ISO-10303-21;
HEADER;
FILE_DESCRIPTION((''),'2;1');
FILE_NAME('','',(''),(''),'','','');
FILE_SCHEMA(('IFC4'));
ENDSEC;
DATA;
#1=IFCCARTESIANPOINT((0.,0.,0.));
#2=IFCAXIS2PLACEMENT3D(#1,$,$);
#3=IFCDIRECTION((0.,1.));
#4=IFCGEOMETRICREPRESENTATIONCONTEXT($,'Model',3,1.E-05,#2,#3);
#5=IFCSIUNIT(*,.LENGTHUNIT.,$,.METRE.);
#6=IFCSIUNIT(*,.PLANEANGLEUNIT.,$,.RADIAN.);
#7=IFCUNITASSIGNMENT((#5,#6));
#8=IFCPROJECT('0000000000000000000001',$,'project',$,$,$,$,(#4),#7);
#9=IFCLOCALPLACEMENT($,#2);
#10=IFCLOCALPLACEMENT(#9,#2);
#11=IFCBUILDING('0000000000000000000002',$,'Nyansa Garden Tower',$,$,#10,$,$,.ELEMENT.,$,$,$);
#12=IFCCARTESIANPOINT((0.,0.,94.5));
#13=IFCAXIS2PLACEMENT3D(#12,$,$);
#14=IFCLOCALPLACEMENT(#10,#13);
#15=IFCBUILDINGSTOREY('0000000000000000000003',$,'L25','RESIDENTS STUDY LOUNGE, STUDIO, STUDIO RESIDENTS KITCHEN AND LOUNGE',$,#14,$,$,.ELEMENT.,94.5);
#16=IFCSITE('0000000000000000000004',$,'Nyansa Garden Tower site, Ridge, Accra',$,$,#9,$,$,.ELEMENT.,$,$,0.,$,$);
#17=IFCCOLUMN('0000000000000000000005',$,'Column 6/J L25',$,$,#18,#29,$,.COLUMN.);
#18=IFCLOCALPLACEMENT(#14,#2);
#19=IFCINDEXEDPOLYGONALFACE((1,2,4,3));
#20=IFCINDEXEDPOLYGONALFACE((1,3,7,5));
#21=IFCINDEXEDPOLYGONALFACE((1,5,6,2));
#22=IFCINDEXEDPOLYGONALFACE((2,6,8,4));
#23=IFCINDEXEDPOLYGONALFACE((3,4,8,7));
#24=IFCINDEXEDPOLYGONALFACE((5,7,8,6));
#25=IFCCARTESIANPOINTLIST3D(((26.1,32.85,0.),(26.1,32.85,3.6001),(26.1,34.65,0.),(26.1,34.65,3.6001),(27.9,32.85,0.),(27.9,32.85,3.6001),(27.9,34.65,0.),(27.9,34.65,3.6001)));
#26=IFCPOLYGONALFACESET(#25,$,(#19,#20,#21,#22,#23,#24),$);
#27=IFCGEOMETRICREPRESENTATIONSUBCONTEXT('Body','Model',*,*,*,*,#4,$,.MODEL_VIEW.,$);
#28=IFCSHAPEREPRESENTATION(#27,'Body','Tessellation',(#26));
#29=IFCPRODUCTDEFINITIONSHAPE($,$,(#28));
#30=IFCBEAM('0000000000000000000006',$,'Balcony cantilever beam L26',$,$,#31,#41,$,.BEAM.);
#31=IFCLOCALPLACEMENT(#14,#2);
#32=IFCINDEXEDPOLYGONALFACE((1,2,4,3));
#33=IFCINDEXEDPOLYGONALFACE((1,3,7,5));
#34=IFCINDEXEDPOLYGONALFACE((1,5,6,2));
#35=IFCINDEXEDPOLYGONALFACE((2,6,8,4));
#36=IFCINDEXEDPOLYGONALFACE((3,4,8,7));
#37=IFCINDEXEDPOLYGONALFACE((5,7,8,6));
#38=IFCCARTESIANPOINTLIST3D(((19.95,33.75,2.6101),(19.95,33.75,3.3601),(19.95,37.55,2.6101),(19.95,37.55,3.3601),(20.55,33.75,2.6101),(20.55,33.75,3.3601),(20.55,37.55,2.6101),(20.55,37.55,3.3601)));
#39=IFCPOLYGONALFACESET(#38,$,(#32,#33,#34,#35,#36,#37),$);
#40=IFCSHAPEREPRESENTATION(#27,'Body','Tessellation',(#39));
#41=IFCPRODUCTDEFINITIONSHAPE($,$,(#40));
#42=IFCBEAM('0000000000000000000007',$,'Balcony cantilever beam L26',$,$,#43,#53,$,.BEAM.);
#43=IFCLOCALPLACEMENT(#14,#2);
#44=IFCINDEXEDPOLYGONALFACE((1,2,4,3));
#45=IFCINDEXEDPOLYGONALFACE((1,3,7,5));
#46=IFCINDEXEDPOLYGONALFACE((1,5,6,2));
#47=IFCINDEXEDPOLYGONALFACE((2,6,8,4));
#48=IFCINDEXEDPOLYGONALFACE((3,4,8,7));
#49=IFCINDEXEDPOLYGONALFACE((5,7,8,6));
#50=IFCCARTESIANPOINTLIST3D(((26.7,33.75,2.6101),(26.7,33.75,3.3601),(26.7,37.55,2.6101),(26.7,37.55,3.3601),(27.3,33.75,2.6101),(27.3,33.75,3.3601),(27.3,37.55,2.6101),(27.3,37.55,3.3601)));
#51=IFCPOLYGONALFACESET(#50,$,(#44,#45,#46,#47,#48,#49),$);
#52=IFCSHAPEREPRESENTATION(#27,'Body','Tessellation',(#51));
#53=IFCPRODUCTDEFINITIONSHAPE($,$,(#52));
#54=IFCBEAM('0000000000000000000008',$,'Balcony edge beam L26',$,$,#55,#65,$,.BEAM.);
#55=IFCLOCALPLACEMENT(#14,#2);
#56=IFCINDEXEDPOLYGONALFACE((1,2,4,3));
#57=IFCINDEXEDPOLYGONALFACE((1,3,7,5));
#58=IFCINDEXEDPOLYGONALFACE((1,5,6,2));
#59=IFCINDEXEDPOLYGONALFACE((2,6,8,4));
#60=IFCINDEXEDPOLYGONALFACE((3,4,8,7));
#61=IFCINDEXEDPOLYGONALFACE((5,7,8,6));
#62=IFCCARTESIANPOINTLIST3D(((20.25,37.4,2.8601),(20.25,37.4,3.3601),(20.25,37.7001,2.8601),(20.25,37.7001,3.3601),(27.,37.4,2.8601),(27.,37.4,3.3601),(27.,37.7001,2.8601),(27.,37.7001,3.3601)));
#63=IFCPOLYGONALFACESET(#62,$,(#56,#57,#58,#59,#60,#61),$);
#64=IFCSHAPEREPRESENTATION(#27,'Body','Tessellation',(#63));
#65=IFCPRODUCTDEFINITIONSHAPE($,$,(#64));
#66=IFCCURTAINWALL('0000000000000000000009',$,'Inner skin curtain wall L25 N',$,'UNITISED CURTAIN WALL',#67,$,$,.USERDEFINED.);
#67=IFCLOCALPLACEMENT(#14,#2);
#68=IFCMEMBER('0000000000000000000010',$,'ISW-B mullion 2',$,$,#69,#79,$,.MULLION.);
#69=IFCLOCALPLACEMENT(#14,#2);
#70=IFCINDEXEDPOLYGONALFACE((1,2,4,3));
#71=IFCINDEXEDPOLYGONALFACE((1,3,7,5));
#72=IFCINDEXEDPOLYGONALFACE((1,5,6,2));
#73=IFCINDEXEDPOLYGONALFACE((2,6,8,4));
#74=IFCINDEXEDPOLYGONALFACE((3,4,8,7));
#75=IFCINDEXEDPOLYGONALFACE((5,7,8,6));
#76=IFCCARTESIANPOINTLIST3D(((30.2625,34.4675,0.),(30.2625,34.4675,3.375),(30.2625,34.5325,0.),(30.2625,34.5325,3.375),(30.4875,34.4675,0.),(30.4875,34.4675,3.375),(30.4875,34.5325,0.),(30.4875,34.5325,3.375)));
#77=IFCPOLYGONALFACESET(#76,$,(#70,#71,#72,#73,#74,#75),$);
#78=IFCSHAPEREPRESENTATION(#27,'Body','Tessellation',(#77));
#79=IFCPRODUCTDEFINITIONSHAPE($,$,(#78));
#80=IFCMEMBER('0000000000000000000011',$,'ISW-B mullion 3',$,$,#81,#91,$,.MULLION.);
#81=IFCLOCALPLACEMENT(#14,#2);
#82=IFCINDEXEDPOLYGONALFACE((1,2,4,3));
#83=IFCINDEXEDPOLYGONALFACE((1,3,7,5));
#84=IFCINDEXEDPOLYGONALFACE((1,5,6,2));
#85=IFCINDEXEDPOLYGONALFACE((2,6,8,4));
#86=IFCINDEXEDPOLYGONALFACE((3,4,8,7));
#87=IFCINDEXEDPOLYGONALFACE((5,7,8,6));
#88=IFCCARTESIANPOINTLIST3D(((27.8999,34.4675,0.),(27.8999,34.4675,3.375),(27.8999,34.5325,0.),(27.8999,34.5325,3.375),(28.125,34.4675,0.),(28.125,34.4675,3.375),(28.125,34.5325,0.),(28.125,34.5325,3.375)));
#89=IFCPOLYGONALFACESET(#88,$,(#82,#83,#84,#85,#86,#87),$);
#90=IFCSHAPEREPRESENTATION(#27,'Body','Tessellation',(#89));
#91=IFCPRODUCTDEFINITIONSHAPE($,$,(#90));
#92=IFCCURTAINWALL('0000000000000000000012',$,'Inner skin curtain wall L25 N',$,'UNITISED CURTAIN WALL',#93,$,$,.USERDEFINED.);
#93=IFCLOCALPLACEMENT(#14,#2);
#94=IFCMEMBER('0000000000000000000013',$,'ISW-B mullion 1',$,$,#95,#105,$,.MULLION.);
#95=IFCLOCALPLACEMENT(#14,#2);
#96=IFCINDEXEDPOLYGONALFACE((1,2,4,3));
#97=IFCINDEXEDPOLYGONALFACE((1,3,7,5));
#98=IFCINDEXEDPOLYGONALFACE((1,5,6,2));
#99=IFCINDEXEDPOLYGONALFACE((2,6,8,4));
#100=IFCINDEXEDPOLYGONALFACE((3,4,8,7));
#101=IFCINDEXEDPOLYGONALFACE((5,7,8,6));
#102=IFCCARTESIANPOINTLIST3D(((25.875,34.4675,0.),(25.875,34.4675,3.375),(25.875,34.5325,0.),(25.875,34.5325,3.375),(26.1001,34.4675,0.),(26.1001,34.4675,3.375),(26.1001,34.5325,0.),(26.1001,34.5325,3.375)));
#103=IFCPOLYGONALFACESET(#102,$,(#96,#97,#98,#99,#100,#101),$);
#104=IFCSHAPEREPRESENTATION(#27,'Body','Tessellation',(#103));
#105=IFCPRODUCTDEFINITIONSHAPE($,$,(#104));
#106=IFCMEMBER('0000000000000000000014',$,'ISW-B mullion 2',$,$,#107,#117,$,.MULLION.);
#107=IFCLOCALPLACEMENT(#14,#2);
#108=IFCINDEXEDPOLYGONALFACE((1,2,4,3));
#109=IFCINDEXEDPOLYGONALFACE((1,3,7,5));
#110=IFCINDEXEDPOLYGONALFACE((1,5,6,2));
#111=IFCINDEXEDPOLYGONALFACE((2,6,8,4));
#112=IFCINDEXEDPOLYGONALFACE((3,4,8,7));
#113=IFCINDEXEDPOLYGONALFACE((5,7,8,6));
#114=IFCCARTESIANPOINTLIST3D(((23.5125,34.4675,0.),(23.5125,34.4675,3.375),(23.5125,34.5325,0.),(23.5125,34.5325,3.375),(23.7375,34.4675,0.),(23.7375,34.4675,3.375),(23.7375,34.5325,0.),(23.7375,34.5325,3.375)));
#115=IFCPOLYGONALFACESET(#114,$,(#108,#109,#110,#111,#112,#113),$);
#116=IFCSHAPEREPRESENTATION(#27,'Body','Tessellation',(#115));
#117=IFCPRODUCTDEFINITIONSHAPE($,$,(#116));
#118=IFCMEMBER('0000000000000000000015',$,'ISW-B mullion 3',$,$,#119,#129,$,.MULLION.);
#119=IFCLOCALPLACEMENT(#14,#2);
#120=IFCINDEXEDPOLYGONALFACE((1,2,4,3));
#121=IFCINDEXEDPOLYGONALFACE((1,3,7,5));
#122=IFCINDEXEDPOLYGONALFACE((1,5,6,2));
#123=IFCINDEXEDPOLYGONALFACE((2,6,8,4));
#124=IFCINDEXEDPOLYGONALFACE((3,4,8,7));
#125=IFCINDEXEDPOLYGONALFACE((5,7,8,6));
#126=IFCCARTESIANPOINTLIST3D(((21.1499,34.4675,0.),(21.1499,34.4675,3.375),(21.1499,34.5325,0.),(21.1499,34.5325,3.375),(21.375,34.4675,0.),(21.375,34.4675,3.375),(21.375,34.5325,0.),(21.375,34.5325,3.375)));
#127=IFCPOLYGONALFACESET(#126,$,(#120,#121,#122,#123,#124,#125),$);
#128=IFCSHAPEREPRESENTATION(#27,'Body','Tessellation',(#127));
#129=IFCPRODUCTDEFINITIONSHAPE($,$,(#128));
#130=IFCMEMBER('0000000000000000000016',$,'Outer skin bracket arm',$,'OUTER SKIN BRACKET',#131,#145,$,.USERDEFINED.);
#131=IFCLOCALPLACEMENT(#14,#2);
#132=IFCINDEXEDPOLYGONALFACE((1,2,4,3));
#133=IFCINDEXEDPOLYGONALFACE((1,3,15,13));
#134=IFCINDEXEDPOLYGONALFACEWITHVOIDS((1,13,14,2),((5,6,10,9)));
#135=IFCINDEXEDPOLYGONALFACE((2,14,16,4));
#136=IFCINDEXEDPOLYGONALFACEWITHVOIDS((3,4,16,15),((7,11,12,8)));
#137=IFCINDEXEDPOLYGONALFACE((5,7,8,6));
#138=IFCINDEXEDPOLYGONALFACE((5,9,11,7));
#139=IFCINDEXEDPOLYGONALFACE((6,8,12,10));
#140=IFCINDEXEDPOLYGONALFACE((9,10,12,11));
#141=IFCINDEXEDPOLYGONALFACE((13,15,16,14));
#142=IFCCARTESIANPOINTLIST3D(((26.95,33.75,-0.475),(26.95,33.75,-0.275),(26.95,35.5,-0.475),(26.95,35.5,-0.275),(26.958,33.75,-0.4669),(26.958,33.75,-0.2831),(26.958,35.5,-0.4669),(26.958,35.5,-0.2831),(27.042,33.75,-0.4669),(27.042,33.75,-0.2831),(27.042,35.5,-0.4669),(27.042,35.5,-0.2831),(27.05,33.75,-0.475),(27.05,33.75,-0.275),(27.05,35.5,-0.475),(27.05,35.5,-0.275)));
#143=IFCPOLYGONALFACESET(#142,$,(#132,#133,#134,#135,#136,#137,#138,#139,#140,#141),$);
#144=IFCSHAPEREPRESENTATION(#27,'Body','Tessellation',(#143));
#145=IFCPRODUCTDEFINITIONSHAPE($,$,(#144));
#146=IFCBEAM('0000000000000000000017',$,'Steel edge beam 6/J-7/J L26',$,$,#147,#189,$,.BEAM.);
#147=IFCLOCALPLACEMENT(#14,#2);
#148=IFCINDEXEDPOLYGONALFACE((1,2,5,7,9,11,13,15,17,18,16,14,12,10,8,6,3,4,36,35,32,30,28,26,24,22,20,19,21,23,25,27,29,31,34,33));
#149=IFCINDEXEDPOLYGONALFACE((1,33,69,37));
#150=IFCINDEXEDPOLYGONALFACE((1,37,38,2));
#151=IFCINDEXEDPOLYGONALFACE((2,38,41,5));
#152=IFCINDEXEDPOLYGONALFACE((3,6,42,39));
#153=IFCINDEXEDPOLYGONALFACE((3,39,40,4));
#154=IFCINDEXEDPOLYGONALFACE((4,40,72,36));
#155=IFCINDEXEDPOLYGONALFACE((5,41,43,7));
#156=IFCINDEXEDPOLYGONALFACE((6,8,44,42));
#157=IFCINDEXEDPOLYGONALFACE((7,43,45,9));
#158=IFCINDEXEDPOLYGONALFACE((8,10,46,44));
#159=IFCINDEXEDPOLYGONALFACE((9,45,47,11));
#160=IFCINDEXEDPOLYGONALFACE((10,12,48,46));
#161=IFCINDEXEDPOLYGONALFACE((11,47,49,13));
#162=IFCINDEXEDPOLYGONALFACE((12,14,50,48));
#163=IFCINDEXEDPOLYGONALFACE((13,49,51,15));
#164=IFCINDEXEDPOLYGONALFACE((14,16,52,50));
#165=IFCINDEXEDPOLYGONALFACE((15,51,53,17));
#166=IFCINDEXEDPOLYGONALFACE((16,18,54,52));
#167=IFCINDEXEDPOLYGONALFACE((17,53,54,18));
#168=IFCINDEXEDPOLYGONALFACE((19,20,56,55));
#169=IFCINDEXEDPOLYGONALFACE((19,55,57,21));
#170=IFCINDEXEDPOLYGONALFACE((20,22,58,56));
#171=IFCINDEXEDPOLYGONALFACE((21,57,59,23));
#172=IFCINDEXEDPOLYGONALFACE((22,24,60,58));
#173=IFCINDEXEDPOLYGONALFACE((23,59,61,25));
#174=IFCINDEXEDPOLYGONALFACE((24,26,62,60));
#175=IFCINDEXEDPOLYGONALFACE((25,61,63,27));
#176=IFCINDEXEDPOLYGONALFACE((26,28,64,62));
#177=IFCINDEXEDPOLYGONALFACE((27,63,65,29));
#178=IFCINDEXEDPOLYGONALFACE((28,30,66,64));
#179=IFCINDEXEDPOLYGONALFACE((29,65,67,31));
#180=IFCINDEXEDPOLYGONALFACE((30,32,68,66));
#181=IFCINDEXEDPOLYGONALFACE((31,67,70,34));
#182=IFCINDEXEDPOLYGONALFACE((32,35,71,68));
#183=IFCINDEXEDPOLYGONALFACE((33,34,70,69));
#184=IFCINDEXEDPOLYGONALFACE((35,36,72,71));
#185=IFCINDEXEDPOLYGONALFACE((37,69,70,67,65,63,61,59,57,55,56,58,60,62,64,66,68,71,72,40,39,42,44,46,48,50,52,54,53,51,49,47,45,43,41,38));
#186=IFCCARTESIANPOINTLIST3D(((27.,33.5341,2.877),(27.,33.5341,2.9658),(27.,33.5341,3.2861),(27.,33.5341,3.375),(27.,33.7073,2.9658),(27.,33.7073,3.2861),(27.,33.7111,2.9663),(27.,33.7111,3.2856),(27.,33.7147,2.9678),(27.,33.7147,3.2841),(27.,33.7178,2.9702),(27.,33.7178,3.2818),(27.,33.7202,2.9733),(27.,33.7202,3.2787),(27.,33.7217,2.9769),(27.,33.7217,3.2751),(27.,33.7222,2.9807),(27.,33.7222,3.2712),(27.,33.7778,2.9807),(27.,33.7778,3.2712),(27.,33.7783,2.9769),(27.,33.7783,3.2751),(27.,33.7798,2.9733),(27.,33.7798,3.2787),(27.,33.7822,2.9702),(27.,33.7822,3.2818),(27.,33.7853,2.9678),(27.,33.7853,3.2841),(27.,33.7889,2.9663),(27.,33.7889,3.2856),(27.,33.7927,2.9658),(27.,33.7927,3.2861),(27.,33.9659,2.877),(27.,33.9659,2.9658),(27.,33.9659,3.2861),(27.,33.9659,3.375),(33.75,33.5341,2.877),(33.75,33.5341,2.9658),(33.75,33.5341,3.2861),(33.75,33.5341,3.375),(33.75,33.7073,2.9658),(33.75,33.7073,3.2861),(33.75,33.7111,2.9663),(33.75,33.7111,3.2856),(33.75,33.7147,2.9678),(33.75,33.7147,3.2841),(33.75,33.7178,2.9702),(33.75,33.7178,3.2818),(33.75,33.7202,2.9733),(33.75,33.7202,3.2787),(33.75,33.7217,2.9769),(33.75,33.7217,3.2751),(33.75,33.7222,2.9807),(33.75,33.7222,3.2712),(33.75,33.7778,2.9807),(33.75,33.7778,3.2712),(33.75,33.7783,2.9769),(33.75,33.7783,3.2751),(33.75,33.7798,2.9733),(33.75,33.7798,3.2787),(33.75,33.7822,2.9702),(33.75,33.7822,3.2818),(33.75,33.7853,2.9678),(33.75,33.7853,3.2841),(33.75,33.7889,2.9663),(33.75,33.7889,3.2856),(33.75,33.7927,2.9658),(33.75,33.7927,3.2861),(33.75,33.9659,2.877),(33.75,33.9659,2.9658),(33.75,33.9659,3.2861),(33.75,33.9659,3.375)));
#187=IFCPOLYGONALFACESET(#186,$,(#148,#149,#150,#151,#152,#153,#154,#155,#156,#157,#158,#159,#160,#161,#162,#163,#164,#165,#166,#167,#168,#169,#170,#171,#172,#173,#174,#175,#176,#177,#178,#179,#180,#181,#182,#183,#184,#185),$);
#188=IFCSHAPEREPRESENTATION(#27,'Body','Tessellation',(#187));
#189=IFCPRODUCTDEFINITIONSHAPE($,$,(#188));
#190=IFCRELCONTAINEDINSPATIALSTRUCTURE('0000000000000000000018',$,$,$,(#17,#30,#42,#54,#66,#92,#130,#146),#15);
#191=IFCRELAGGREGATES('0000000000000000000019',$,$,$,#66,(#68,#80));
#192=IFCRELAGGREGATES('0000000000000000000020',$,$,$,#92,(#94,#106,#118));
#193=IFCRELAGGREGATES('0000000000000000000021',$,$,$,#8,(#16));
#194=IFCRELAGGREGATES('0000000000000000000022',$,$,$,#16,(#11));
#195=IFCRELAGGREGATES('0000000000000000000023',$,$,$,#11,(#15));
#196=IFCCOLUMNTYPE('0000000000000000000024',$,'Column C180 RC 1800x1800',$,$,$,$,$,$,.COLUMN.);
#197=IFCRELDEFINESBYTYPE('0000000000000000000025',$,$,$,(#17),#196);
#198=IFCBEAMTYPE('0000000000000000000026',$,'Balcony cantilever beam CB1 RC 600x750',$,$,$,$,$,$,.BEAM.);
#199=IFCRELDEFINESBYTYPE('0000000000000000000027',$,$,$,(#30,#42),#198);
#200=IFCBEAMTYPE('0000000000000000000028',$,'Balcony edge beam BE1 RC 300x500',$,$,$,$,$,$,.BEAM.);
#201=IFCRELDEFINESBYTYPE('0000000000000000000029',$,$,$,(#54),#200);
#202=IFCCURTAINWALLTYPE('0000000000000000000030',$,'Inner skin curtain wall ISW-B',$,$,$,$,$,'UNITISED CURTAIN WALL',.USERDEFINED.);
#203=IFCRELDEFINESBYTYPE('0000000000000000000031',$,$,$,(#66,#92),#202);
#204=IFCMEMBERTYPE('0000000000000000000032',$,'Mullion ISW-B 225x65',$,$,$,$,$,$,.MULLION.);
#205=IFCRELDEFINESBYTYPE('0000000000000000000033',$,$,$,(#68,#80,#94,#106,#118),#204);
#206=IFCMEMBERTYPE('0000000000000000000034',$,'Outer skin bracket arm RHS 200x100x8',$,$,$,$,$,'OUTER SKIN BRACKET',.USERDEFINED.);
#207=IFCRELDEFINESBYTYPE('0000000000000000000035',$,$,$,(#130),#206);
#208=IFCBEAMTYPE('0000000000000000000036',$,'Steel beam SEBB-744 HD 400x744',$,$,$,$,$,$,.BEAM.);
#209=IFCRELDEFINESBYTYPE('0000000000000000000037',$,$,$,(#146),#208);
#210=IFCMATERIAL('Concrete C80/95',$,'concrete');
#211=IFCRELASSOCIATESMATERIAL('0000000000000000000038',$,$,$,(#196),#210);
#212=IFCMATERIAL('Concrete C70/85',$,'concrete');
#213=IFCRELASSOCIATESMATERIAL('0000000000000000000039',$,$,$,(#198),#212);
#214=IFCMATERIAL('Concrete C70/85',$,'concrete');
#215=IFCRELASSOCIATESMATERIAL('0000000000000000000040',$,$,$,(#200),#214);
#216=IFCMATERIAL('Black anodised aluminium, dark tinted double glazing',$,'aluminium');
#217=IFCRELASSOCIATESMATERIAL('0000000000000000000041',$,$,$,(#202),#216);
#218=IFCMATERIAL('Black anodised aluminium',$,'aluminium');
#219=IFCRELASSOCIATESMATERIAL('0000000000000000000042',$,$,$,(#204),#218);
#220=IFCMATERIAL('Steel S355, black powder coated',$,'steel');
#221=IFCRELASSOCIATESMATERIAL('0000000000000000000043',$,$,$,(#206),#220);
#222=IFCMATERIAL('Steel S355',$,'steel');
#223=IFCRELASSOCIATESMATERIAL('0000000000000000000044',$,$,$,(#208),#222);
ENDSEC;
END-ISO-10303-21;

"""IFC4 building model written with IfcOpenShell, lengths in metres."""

from ifc_helpers import new_model, si_unit, direction, frame, origin, origin_2d, place, context, subcontext, project, spatial, rectangle, hollow_rectangle, i_section, extrude, material, material_profile, profile_set, type_object, element, aggregate, save


model = new_model("IFC4")

# Units and contexts
model_context = context("Model", 3, precision=1e-05, world=origin(), true_north=direction((0.0, 1.0)))
body_context = subcontext(model_context, "Body", "Model", "MODEL_VIEW")
ifc_project = project(units=[si_unit("LENGTHUNIT", "METRE"), si_unit("PLANEANGLEUNIT", "RADIAN")], contexts=[model_context])

# Site, building, storey
site_placement = place(None, origin())
site = spatial("IfcSite", under=ifc_project, at=site_placement, Name="Nyansa Garden Tower site, Ridge, Accra", CompositionType="ELEMENT", RefElevation=0.0)
building_placement = place(site_placement, origin())
building = spatial("IfcBuilding", under=site, at=building_placement, Name="Nyansa Garden Tower", CompositionType="ELEMENT")
storey_placement = place(building_placement, frame((0.0, 0.0, 94.5)))
storey = spatial("IfcBuildingStorey", under=building, at=storey_placement, Name="L25", Description="RESIDENTS STUDY LOUNGE, STUDIO, STUDIO RESIDENTS KITCHEN AND LOUNGE", CompositionType="ELEMENT", Elevation=94.5)

# Column
ifc_material_1 = material(Name="Concrete C80/95", Category="concrete")
ifc_material_profile_1 = material_profile(ifc_material_1, rectangle(XDim=1.8, YDim=1.8, at=origin_2d()), Name="RC 1800x1800")
ifc_profile_set_1 = profile_set([ifc_material_profile_1], Name="Concrete C80/95")
column_type = type_object("IfcColumnType", Name="Column C180 RC 1800x1800", PredefinedType="COLUMN", material=ifc_profile_set_1)
column_placement = place(storey_placement, frame((27.0, 33.75, 0.0), z_axis=(0.0, 0.0, 1.0), x_axis=(1.0, 0.0, 0.0)))
element("IfcColumn", 1, at=column_placement, inside=storey, type_object=column_type, Name="Column 6/J L25", PredefinedType="COLUMN", context=body_context, shape_type="SweptSolid", body=[
    extrude(rectangle(XDim=1.8, YDim=1.8, at=origin_2d()), origin(), (0.0, 0.0, 1.0), 3.6001),
])

# Beams
ifc_material_2 = material(Name="Concrete C70/85", Category="concrete")
ifc_material_profile_2 = material_profile(ifc_material_2, rectangle(XDim=0.6001, YDim=0.75, at=origin_2d()), Name="RC 600x750")
ifc_profile_set_2 = profile_set([ifc_material_profile_2], Name="Concrete C70/85")
beam_type_1 = type_object("IfcBeamType", Name="Balcony cantilever beam CB1 RC 600x750", PredefinedType="BEAM", material=ifc_profile_set_2)
for number, where, z_axis, x_axis, name in (
    (2, (20.25, 33.75, 2.9851), (0.0, 1.0, 0.0), (-1.0, 0.0, 0.0), "Balcony cantilever beam L26"),
    (3, (27.0, 33.75, 2.9851), (0.0, 1.0, 0.0), (-1.0, 0.0, 0.0), "Balcony cantilever beam L26"),
):
    element("IfcBeam", number, at=place(storey_placement, frame(where, z_axis=z_axis, x_axis=x_axis)), inside=storey, type_object=beam_type_1, Name=name, PredefinedType="BEAM", context=body_context, shape_type="SweptSolid", body=[
        extrude(rectangle(XDim=0.6001, YDim=0.75, at=origin_2d()), origin(), (0.0, 0.0, 1.0), 3.8),
    ])
ifc_material_3 = material(Name="Concrete C70/85", Category="concrete")
ifc_material_profile_3 = material_profile(ifc_material_3, rectangle(XDim=0.3, YDim=0.5, at=origin_2d()), Name="RC 300x500")
ifc_profile_set_3 = profile_set([ifc_material_profile_3], Name="Concrete C70/85")
beam_type_2 = type_object("IfcBeamType", Name="Balcony edge beam BE1 RC 300x500", PredefinedType="BEAM", material=ifc_profile_set_3)
beam_1_placement = place(storey_placement, frame((20.25, 37.55, 3.1101), z_axis=(1.0, 0.0, 0.0), x_axis=(0.0, 1.0, 0.0)))
element("IfcBeam", 4, at=beam_1_placement, inside=storey, type_object=beam_type_2, Name="Balcony edge beam L26", PredefinedType="BEAM", context=body_context, shape_type="SweptSolid", body=[
    extrude(rectangle(XDim=0.3, YDim=0.5, at=origin_2d()), origin(), (0.0, 0.0, 1.0), 6.75),
])

# Curtain walls, members
ifc_material_4 = material(Name="Black anodised aluminium, dark tinted double glazing", Category="aluminium")
curtain_wall_type = type_object("IfcCurtainWallType", Name="Inner skin curtain wall ISW-B", ElementType="UNITISED CURTAIN WALL", PredefinedType="USERDEFINED", material=ifc_material_4)
curtain_wall_1_placement = place(storey_placement, origin())
curtain_wall_1 = element("IfcCurtainWall", 5, at=curtain_wall_1_placement, inside=storey, type_object=curtain_wall_type, Name="Inner skin curtain wall L25 N", ObjectType="UNITISED CURTAIN WALL", PredefinedType="USERDEFINED")
ifc_material_5 = material(Name="Black anodised aluminium", Category="aluminium")
ifc_material_profile_4 = material_profile(ifc_material_5, rectangle(XDim=0.0649, YDim=0.2251, at=origin_2d()), Name="Mullion 225x65")
ifc_profile_set_4 = profile_set([ifc_material_profile_4], Name="Black anodised aluminium")
member_type_1 = type_object("IfcMemberType", Name="Mullion ISW-B 225x65", PredefinedType="MULLION", material=ifc_profile_set_4)
member_1_placement = place(storey_placement, frame((30.375, 34.5, 0.0), z_axis=(0.0, 0.0, 1.0), x_axis=(0.0, -1.0, 0.0)))
member_1 = element("IfcMember", 6, at=member_1_placement, type_object=member_type_1, Name="ISW-B mullion 2", PredefinedType="MULLION", context=body_context, shape_type="SweptSolid", body=[
    extrude(rectangle(XDim=0.0649, YDim=0.2251, at=origin_2d()), origin(), (0.0, 0.0, 1.0), 3.375),
])
member_2_placement = place(storey_placement, frame((28.0125, 34.5, 0.0), z_axis=(0.0, 0.0, 1.0), x_axis=(0.0, -1.0, 0.0)))
member_2 = element("IfcMember", 7, at=member_2_placement, type_object=member_type_1, Name="ISW-B mullion 3", PredefinedType="MULLION", context=body_context, shape_type="SweptSolid", body=[
    extrude(rectangle(XDim=0.0649, YDim=0.2251, at=origin_2d()), origin(), (0.0, 0.0, 1.0), 3.375),
])
curtain_wall_2_placement = place(storey_placement, origin())
curtain_wall_2 = element("IfcCurtainWall", 8, at=curtain_wall_2_placement, inside=storey, type_object=curtain_wall_type, Name="Inner skin curtain wall L25 N", ObjectType="UNITISED CURTAIN WALL", PredefinedType="USERDEFINED")
member_3_placement = place(storey_placement, frame((25.9875, 34.5, 0.0), z_axis=(0.0, 0.0, 1.0), x_axis=(0.0, -1.0, 0.0)))
member_3 = element("IfcMember", 9, at=member_3_placement, type_object=member_type_1, Name="ISW-B mullion 1", PredefinedType="MULLION", context=body_context, shape_type="SweptSolid", body=[
    extrude(rectangle(XDim=0.0649, YDim=0.2251, at=origin_2d()), origin(), (0.0, 0.0, 1.0), 3.375),
])
member_4_placement = place(storey_placement, frame((23.625, 34.5, 0.0), z_axis=(0.0, 0.0, 1.0), x_axis=(0.0, -1.0, 0.0)))
member_4 = element("IfcMember", 10, at=member_4_placement, type_object=member_type_1, Name="ISW-B mullion 2", PredefinedType="MULLION", context=body_context, shape_type="SweptSolid", body=[
    extrude(rectangle(XDim=0.0649, YDim=0.2251, at=origin_2d()), origin(), (0.0, 0.0, 1.0), 3.375),
])
member_5_placement = place(storey_placement, frame((21.2625, 34.5, 0.0), z_axis=(0.0, 0.0, 1.0), x_axis=(0.0, -1.0, 0.0)))
member_5 = element("IfcMember", 11, at=member_5_placement, type_object=member_type_1, Name="ISW-B mullion 3", PredefinedType="MULLION", context=body_context, shape_type="SweptSolid", body=[
    extrude(rectangle(XDim=0.0649, YDim=0.2251, at=origin_2d()), origin(), (0.0, 0.0, 1.0), 3.375),
])

# Member
ifc_material_6 = material(Name="Steel S355, black powder coated", Category="steel")
ifc_material_profile_5 = material_profile(ifc_material_6, hollow_rectangle(XDim=0.1001, YDim=0.2, WallThickness=0.0081, at=origin_2d()), Name="RHS 200x100x8")
ifc_profile_set_5 = profile_set([ifc_material_profile_5], Name="Steel S355, black powder coated")
member_type_2 = type_object("IfcMemberType", Name="Outer skin bracket arm RHS 200x100x8", ElementType="OUTER SKIN BRACKET", PredefinedType="USERDEFINED", material=ifc_profile_set_5)
member_6_placement = place(storey_placement, frame((27.0, 33.75, -0.375), z_axis=(0.0, 1.0, 0.0), x_axis=(-1.0, 0.0, 0.0)))
element("IfcMember", 12, at=member_6_placement, inside=storey, type_object=member_type_2, Name="Outer skin bracket arm", ObjectType="OUTER SKIN BRACKET", PredefinedType="USERDEFINED", context=body_context, shape_type="SweptSolid", body=[
    extrude(hollow_rectangle(XDim=0.1001, YDim=0.2, WallThickness=0.0081, at=origin_2d()), origin(), (0.0, 0.0, 1.0), 1.75),
])

# Beam
ifc_material_7 = material(Name="Steel S355", Category="steel")
ifc_material_profile_6 = material_profile(ifc_material_7, i_section(OverallWidth=0.4319, OverallDepth=0.498, WebThickness=0.0557, FlangeThickness=0.0889, FilletRadius=0.0149, at=origin_2d()), Name="HD 400x744")
ifc_profile_set_6 = profile_set([ifc_material_profile_6], Name="Steel S355")
beam_type_3 = type_object("IfcBeamType", Name="Steel beam SEBB-744 HD 400x744", PredefinedType="BEAM", material=ifc_profile_set_6)
beam_2_placement = place(storey_placement, frame((27.0, 33.75, 3.126), z_axis=(1.0, 0.0, 0.0), x_axis=(0.0, 1.0, 0.0)))
element("IfcBeam", 13, at=beam_2_placement, inside=storey, type_object=beam_type_3, Name="Steel edge beam 6/J-7/J L26", PredefinedType="BEAM", context=body_context, shape_type="SweptSolid", body=[
    extrude(i_section(OverallWidth=0.4319, OverallDepth=0.498, WebThickness=0.0557, FlangeThickness=0.0889, FilletRadius=0.0149, at=origin_2d()), origin(), (0.0, 0.0, 1.0), 6.75),
])

aggregate(curtain_wall_1, [member_1, member_2])
aggregate(curtain_wall_2, [member_3, member_4, member_5])

save(model, "model.ifc")
